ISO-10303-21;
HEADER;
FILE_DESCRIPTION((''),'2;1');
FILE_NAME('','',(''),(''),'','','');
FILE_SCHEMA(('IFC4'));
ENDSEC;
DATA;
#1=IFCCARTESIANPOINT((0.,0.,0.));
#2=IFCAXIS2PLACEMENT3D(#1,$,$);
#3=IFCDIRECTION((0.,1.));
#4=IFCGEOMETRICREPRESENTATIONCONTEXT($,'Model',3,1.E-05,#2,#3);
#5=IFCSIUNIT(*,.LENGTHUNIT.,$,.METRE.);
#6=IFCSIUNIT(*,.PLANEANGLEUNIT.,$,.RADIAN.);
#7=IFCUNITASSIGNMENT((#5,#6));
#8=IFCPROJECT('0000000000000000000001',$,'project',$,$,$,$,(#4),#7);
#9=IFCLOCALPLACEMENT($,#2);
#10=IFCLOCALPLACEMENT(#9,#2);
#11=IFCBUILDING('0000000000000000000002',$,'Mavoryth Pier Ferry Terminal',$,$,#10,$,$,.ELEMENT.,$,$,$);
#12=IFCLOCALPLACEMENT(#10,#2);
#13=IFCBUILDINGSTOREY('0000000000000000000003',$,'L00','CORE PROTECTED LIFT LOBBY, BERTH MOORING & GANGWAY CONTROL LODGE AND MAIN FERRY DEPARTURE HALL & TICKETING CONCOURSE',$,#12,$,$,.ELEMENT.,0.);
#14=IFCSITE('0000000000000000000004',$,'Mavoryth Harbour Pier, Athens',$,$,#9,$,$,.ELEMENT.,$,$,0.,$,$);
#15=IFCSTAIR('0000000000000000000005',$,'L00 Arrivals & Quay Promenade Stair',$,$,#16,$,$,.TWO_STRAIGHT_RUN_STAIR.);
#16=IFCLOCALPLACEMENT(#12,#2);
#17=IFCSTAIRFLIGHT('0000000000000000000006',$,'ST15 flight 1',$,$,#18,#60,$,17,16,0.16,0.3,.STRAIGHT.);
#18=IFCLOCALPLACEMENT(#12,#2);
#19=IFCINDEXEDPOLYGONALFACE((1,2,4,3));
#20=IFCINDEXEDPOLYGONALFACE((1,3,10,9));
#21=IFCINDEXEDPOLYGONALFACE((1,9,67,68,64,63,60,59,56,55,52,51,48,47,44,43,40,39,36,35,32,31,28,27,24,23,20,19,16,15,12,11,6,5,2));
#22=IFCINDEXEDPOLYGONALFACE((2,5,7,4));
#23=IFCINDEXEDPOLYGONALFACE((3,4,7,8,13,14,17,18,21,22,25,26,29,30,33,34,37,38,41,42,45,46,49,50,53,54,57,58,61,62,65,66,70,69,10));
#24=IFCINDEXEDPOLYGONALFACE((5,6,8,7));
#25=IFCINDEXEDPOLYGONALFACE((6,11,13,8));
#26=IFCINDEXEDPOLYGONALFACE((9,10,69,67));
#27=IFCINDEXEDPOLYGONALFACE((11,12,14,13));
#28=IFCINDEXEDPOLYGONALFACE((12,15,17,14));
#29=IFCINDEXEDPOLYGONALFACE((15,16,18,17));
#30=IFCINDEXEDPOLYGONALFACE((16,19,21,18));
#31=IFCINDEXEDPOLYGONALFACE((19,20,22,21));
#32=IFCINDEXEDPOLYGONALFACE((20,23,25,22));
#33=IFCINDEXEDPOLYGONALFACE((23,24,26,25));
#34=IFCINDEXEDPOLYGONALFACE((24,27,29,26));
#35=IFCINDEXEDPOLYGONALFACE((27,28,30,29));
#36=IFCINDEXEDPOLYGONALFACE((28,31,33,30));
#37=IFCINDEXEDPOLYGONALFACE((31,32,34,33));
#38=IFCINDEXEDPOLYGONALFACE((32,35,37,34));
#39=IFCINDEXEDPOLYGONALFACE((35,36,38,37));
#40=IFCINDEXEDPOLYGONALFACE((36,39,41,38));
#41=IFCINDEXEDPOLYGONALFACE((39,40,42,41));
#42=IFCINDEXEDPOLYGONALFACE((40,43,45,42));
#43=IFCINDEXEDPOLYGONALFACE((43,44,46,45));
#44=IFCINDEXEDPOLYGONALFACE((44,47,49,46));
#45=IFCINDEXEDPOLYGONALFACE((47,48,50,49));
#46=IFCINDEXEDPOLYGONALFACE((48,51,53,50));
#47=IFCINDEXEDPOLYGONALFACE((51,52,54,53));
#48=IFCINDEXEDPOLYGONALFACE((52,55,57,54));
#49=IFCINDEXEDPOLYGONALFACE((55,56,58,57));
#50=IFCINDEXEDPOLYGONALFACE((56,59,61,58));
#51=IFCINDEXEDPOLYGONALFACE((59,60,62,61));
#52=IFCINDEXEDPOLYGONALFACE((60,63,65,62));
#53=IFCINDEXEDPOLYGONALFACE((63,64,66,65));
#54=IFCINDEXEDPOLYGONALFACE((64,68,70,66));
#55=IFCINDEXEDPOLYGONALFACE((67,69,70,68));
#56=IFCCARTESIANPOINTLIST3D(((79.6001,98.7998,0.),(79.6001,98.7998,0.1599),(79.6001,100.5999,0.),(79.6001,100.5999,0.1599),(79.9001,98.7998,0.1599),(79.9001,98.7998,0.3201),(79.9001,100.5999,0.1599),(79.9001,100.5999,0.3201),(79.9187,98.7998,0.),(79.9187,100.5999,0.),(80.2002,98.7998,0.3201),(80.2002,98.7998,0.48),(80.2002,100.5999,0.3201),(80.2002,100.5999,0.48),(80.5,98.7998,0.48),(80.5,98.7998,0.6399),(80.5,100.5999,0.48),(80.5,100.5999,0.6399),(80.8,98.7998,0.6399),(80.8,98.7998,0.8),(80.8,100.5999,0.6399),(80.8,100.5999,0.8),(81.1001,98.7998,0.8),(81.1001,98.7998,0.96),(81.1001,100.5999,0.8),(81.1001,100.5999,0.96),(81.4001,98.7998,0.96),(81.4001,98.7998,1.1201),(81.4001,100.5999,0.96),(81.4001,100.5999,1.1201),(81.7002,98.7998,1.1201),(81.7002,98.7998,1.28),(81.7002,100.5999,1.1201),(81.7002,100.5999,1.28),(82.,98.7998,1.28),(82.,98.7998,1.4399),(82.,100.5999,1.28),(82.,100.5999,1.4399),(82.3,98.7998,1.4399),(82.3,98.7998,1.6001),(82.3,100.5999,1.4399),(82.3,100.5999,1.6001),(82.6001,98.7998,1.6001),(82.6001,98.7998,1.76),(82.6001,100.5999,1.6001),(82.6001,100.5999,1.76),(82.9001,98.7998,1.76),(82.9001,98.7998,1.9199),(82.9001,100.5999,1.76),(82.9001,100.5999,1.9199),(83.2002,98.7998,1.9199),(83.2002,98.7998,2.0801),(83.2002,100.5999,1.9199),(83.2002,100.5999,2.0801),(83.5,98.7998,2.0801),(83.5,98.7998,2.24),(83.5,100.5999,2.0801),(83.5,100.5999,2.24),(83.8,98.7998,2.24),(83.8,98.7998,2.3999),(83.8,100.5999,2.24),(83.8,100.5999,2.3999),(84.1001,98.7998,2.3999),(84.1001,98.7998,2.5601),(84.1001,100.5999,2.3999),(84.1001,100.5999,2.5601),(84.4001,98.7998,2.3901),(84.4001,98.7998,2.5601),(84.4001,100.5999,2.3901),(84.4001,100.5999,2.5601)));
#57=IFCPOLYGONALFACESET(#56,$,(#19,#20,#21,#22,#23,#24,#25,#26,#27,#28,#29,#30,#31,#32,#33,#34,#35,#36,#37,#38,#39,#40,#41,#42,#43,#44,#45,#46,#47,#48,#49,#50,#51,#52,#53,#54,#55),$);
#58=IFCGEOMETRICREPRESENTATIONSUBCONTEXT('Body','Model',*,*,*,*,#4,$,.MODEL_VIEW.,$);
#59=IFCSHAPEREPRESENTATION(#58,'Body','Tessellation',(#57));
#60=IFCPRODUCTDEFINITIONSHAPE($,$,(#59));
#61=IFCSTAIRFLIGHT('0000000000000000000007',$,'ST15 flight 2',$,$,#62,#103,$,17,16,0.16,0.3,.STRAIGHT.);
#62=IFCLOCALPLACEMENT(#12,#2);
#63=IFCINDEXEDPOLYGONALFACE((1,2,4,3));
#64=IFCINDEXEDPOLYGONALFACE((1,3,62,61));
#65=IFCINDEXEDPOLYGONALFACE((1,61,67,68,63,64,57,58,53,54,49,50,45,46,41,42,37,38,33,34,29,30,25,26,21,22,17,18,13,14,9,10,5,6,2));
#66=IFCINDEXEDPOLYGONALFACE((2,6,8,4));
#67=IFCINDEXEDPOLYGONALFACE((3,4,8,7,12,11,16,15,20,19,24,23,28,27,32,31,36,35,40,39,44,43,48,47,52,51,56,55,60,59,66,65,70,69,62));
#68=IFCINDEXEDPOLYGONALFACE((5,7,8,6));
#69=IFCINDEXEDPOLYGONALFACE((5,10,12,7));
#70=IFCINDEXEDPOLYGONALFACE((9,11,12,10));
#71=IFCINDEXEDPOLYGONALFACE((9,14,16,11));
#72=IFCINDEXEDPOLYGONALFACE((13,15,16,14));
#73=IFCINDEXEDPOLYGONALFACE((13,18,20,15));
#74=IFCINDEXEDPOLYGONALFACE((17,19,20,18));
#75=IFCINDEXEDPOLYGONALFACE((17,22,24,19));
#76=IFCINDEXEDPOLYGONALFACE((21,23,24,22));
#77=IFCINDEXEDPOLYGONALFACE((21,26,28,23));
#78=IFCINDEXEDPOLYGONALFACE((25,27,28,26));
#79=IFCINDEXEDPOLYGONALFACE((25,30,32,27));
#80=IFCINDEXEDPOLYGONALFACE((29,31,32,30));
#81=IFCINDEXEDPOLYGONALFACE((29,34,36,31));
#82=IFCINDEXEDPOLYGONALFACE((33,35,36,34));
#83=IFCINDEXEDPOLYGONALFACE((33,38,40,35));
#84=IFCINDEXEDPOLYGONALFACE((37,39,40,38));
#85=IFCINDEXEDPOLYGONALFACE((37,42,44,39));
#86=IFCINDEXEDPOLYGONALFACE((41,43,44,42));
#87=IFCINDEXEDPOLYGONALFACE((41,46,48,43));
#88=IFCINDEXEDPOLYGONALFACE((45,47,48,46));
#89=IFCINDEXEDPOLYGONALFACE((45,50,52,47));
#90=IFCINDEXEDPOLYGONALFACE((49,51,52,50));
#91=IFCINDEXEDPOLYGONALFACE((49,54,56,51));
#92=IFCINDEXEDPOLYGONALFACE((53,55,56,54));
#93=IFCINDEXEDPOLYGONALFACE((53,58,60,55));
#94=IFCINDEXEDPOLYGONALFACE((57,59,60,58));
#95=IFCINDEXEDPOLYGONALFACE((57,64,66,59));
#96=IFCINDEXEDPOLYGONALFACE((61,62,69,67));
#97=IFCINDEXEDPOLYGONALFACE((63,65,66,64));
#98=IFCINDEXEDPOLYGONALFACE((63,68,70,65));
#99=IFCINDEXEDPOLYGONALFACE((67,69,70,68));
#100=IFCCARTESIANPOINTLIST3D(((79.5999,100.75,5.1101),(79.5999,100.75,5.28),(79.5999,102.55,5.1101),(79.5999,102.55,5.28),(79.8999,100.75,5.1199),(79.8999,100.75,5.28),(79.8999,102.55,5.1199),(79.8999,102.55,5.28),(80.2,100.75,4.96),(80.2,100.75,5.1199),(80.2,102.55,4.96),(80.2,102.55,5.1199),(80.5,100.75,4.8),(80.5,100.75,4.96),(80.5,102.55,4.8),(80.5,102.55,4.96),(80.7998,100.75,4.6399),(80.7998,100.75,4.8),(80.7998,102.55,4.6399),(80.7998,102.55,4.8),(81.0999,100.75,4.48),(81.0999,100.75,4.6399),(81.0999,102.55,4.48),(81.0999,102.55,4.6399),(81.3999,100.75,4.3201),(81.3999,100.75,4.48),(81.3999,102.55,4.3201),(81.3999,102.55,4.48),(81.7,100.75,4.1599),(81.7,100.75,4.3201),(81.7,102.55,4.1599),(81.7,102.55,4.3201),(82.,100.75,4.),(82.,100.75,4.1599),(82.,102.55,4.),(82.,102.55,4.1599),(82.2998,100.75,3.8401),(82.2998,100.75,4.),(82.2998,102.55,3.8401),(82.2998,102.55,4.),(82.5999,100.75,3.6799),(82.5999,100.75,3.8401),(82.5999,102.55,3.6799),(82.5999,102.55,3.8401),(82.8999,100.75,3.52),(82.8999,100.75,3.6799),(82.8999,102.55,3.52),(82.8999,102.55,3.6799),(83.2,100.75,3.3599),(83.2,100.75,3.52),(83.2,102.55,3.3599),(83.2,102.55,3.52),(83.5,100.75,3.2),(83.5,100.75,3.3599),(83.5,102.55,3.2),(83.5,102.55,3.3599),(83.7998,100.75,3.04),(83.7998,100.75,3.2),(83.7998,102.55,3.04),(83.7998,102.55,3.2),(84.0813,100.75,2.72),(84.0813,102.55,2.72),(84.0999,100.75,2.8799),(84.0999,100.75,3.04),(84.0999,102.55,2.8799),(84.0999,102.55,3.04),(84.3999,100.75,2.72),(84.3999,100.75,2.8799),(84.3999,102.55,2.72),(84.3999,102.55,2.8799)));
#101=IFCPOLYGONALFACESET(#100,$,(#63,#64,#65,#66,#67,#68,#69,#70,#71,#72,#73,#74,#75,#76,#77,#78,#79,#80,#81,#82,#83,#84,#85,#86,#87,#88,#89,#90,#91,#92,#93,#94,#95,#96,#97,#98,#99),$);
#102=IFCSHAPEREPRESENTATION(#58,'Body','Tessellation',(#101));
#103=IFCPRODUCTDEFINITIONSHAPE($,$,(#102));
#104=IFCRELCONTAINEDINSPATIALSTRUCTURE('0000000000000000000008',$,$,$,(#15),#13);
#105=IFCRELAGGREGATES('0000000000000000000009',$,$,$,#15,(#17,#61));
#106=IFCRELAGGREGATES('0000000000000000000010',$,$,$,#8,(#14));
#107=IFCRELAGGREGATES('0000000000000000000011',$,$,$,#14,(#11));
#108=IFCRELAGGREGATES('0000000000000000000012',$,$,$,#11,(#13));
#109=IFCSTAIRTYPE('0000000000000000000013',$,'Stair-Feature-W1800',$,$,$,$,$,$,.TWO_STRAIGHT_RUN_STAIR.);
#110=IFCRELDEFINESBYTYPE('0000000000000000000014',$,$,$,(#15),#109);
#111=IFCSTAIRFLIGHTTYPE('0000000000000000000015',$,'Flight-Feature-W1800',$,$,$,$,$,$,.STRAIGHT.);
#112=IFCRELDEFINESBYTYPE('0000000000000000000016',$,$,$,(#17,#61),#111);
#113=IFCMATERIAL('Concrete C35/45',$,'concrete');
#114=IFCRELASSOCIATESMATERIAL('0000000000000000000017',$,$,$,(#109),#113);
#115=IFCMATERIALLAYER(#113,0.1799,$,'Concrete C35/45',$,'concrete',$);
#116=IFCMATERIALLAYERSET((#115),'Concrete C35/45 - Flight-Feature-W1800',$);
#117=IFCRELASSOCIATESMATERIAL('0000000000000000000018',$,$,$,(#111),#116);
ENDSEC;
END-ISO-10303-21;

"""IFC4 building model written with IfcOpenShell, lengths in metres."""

from ifc_helpers import new_model, si_unit, direction, frame, origin, place, context, subcontext, project, spatial, polyline, outline, extrude, material, layer, layer_set, type_object, element, aggregate, save


model = new_model("IFC4")

# Units and contexts
model_context = context("Model", 3, precision=1e-05, world=origin(), true_north=direction((0.0, 1.0)))
body_context = subcontext(model_context, "Body", "Model", "MODEL_VIEW")
ifc_project = project(units=[si_unit("LENGTHUNIT", "METRE"), si_unit("PLANEANGLEUNIT", "RADIAN")], contexts=[model_context])

# Site, building, storey
site_placement = place(None, origin())
site = spatial("IfcSite", under=ifc_project, at=site_placement, Name="Mavoryth Harbour Pier, Athens", CompositionType="ELEMENT", RefElevation=0.0)
building_placement = place(site_placement, origin())
building = spatial("IfcBuilding", under=site, at=building_placement, Name="Mavoryth Pier Ferry Terminal", CompositionType="ELEMENT")
storey_placement = place(building_placement, origin())
storey = spatial("IfcBuildingStorey", under=building, at=storey_placement, Name="L00", Description="CORE PROTECTED LIFT LOBBY, BERTH MOORING & GANGWAY CONTROL LODGE AND MAIN FERRY DEPARTURE HALL & TICKETING CONCOURSE", CompositionType="ELEMENT", Elevation=0.0)

# Shared definitions
ifc_material_1 = material(Name="Concrete C35/45", Category="concrete")

# Stair, stair flights
stair_type = type_object("IfcStairType", Name="Stair-Feature-W1800", PredefinedType="TWO_STRAIGHT_RUN_STAIR", material=ifc_material_1)
stair_placement = place(storey_placement, origin())
stair = element("IfcStair", 1, at=stair_placement, inside=storey, type_object=stair_type, Name="L00 Arrivals & Quay Promenade Stair", PredefinedType="TWO_STRAIGHT_RUN_STAIR")
ifc_layer_1 = layer(ifc_material_1, 0.1799, Name="Concrete C35/45", Category="concrete")
ifc_layer_set_1 = layer_set([ifc_layer_1], Name="Concrete C35/45 - Flight-Feature-W1800")
stair_flight_type = type_object("IfcStairFlightType", Name="Flight-Feature-W1800", PredefinedType="STRAIGHT", material=ifc_layer_set_1)
stair_flight_1_placement = place(storey_placement, frame((79.6001, 99.7, 0.0), z_axis=(0.0, 0.0, 1.0), x_axis=(1.0, 0.0, 0.0)))
stair_flight_1 = element("IfcStairFlight", 2, at=stair_flight_1_placement, type_object=stair_flight_type, Name="ST15 flight 1", NumberOfRisers=17, NumberOfTreads=16, PredefinedType="STRAIGHT", RiserHeight=0.16, TreadLength=0.3, context=body_context, shape_type="SweptSolid", body=[
    extrude(outline(polyline([(0.0, 0.0), (0.0, 0.1599), (0.3, 0.1599), (0.3, 0.3201), (0.6001, 0.3201), (0.6001, 0.48), (0.8999, 0.48), (0.8999, 0.6399), (1.2, 0.6399), (1.2, 0.8), (1.5, 0.8), (1.5, 0.96), (1.8, 0.96), (1.8, 1.1201), (2.1001, 1.1201), (2.1001, 1.28), (2.3999, 1.28), (2.3999, 1.4399), (2.7, 1.4399), (2.7, 1.6001), (3.0, 1.6001), (3.0, 1.76), (3.3, 1.76), (3.3, 1.9199), (3.6001, 1.9199), (3.6001, 2.0801), (3.8999, 2.0801), (3.8999, 2.24), (4.2, 2.24), (4.2, 2.3999), (4.5, 2.3999), (4.5, 2.5601), (4.8, 2.5601), (4.8, 2.72), (4.8, 2.3901), (0.3186, 0.0), (0.0, 0.0)])), frame((0.0, 0.8999, 0.0), z_axis=(0.0, -1.0, 0.0), x_axis=(1.0, 0.0, 0.0)), (0.0, 0.0, 1.0), 1.8),
])
stair_flight_2_placement = place(storey_placement, frame((84.3999, 101.6499, 2.72), z_axis=(0.0, 0.0, 1.0), x_axis=(-1.0, 0.0, 0.0)))
stair_flight_2 = element("IfcStairFlight", 3, at=stair_flight_2_placement, type_object=stair_flight_type, Name="ST15 flight 2", NumberOfRisers=17, NumberOfTreads=16, PredefinedType="STRAIGHT", RiserHeight=0.16, TreadLength=0.3, context=body_context, shape_type="SweptSolid", body=[
    extrude(outline(polyline([(0.0, 0.0), (0.0, 0.1599), (0.3, 0.1599), (0.3, 0.3201), (0.6001, 0.3201), (0.6001, 0.48), (0.8999, 0.48), (0.8999, 0.6399), (1.2, 0.6399), (1.2, 0.8), (1.5, 0.8), (1.5, 0.96), (1.8, 0.96), (1.8, 1.1201), (2.1001, 1.1201), (2.1001, 1.28), (2.3999, 1.28), (2.3999, 1.4399), (2.7, 1.4399), (2.7, 1.6001), (3.0, 1.6001), (3.0, 1.76), (3.3, 1.76), (3.3, 1.9199), (3.6001, 1.9199), (3.6001, 2.0801), (3.8999, 2.0801), (3.8999, 2.24), (4.2, 2.24), (4.2, 2.3999), (4.5, 2.3999), (4.5, 2.5601), (4.8, 2.5601), (4.8, 2.72), (4.8, 2.3901), (0.3186, 0.0), (0.0, 0.0)])), frame((0.0, 0.8999, 0.0), z_axis=(0.0, -1.0, 0.0), x_axis=(1.0, 0.0, 0.0)), (0.0, 0.0, 1.0), 1.8),
])
aggregate(stair, [stair_flight_1, stair_flight_2])

save(model, "model.ifc")
